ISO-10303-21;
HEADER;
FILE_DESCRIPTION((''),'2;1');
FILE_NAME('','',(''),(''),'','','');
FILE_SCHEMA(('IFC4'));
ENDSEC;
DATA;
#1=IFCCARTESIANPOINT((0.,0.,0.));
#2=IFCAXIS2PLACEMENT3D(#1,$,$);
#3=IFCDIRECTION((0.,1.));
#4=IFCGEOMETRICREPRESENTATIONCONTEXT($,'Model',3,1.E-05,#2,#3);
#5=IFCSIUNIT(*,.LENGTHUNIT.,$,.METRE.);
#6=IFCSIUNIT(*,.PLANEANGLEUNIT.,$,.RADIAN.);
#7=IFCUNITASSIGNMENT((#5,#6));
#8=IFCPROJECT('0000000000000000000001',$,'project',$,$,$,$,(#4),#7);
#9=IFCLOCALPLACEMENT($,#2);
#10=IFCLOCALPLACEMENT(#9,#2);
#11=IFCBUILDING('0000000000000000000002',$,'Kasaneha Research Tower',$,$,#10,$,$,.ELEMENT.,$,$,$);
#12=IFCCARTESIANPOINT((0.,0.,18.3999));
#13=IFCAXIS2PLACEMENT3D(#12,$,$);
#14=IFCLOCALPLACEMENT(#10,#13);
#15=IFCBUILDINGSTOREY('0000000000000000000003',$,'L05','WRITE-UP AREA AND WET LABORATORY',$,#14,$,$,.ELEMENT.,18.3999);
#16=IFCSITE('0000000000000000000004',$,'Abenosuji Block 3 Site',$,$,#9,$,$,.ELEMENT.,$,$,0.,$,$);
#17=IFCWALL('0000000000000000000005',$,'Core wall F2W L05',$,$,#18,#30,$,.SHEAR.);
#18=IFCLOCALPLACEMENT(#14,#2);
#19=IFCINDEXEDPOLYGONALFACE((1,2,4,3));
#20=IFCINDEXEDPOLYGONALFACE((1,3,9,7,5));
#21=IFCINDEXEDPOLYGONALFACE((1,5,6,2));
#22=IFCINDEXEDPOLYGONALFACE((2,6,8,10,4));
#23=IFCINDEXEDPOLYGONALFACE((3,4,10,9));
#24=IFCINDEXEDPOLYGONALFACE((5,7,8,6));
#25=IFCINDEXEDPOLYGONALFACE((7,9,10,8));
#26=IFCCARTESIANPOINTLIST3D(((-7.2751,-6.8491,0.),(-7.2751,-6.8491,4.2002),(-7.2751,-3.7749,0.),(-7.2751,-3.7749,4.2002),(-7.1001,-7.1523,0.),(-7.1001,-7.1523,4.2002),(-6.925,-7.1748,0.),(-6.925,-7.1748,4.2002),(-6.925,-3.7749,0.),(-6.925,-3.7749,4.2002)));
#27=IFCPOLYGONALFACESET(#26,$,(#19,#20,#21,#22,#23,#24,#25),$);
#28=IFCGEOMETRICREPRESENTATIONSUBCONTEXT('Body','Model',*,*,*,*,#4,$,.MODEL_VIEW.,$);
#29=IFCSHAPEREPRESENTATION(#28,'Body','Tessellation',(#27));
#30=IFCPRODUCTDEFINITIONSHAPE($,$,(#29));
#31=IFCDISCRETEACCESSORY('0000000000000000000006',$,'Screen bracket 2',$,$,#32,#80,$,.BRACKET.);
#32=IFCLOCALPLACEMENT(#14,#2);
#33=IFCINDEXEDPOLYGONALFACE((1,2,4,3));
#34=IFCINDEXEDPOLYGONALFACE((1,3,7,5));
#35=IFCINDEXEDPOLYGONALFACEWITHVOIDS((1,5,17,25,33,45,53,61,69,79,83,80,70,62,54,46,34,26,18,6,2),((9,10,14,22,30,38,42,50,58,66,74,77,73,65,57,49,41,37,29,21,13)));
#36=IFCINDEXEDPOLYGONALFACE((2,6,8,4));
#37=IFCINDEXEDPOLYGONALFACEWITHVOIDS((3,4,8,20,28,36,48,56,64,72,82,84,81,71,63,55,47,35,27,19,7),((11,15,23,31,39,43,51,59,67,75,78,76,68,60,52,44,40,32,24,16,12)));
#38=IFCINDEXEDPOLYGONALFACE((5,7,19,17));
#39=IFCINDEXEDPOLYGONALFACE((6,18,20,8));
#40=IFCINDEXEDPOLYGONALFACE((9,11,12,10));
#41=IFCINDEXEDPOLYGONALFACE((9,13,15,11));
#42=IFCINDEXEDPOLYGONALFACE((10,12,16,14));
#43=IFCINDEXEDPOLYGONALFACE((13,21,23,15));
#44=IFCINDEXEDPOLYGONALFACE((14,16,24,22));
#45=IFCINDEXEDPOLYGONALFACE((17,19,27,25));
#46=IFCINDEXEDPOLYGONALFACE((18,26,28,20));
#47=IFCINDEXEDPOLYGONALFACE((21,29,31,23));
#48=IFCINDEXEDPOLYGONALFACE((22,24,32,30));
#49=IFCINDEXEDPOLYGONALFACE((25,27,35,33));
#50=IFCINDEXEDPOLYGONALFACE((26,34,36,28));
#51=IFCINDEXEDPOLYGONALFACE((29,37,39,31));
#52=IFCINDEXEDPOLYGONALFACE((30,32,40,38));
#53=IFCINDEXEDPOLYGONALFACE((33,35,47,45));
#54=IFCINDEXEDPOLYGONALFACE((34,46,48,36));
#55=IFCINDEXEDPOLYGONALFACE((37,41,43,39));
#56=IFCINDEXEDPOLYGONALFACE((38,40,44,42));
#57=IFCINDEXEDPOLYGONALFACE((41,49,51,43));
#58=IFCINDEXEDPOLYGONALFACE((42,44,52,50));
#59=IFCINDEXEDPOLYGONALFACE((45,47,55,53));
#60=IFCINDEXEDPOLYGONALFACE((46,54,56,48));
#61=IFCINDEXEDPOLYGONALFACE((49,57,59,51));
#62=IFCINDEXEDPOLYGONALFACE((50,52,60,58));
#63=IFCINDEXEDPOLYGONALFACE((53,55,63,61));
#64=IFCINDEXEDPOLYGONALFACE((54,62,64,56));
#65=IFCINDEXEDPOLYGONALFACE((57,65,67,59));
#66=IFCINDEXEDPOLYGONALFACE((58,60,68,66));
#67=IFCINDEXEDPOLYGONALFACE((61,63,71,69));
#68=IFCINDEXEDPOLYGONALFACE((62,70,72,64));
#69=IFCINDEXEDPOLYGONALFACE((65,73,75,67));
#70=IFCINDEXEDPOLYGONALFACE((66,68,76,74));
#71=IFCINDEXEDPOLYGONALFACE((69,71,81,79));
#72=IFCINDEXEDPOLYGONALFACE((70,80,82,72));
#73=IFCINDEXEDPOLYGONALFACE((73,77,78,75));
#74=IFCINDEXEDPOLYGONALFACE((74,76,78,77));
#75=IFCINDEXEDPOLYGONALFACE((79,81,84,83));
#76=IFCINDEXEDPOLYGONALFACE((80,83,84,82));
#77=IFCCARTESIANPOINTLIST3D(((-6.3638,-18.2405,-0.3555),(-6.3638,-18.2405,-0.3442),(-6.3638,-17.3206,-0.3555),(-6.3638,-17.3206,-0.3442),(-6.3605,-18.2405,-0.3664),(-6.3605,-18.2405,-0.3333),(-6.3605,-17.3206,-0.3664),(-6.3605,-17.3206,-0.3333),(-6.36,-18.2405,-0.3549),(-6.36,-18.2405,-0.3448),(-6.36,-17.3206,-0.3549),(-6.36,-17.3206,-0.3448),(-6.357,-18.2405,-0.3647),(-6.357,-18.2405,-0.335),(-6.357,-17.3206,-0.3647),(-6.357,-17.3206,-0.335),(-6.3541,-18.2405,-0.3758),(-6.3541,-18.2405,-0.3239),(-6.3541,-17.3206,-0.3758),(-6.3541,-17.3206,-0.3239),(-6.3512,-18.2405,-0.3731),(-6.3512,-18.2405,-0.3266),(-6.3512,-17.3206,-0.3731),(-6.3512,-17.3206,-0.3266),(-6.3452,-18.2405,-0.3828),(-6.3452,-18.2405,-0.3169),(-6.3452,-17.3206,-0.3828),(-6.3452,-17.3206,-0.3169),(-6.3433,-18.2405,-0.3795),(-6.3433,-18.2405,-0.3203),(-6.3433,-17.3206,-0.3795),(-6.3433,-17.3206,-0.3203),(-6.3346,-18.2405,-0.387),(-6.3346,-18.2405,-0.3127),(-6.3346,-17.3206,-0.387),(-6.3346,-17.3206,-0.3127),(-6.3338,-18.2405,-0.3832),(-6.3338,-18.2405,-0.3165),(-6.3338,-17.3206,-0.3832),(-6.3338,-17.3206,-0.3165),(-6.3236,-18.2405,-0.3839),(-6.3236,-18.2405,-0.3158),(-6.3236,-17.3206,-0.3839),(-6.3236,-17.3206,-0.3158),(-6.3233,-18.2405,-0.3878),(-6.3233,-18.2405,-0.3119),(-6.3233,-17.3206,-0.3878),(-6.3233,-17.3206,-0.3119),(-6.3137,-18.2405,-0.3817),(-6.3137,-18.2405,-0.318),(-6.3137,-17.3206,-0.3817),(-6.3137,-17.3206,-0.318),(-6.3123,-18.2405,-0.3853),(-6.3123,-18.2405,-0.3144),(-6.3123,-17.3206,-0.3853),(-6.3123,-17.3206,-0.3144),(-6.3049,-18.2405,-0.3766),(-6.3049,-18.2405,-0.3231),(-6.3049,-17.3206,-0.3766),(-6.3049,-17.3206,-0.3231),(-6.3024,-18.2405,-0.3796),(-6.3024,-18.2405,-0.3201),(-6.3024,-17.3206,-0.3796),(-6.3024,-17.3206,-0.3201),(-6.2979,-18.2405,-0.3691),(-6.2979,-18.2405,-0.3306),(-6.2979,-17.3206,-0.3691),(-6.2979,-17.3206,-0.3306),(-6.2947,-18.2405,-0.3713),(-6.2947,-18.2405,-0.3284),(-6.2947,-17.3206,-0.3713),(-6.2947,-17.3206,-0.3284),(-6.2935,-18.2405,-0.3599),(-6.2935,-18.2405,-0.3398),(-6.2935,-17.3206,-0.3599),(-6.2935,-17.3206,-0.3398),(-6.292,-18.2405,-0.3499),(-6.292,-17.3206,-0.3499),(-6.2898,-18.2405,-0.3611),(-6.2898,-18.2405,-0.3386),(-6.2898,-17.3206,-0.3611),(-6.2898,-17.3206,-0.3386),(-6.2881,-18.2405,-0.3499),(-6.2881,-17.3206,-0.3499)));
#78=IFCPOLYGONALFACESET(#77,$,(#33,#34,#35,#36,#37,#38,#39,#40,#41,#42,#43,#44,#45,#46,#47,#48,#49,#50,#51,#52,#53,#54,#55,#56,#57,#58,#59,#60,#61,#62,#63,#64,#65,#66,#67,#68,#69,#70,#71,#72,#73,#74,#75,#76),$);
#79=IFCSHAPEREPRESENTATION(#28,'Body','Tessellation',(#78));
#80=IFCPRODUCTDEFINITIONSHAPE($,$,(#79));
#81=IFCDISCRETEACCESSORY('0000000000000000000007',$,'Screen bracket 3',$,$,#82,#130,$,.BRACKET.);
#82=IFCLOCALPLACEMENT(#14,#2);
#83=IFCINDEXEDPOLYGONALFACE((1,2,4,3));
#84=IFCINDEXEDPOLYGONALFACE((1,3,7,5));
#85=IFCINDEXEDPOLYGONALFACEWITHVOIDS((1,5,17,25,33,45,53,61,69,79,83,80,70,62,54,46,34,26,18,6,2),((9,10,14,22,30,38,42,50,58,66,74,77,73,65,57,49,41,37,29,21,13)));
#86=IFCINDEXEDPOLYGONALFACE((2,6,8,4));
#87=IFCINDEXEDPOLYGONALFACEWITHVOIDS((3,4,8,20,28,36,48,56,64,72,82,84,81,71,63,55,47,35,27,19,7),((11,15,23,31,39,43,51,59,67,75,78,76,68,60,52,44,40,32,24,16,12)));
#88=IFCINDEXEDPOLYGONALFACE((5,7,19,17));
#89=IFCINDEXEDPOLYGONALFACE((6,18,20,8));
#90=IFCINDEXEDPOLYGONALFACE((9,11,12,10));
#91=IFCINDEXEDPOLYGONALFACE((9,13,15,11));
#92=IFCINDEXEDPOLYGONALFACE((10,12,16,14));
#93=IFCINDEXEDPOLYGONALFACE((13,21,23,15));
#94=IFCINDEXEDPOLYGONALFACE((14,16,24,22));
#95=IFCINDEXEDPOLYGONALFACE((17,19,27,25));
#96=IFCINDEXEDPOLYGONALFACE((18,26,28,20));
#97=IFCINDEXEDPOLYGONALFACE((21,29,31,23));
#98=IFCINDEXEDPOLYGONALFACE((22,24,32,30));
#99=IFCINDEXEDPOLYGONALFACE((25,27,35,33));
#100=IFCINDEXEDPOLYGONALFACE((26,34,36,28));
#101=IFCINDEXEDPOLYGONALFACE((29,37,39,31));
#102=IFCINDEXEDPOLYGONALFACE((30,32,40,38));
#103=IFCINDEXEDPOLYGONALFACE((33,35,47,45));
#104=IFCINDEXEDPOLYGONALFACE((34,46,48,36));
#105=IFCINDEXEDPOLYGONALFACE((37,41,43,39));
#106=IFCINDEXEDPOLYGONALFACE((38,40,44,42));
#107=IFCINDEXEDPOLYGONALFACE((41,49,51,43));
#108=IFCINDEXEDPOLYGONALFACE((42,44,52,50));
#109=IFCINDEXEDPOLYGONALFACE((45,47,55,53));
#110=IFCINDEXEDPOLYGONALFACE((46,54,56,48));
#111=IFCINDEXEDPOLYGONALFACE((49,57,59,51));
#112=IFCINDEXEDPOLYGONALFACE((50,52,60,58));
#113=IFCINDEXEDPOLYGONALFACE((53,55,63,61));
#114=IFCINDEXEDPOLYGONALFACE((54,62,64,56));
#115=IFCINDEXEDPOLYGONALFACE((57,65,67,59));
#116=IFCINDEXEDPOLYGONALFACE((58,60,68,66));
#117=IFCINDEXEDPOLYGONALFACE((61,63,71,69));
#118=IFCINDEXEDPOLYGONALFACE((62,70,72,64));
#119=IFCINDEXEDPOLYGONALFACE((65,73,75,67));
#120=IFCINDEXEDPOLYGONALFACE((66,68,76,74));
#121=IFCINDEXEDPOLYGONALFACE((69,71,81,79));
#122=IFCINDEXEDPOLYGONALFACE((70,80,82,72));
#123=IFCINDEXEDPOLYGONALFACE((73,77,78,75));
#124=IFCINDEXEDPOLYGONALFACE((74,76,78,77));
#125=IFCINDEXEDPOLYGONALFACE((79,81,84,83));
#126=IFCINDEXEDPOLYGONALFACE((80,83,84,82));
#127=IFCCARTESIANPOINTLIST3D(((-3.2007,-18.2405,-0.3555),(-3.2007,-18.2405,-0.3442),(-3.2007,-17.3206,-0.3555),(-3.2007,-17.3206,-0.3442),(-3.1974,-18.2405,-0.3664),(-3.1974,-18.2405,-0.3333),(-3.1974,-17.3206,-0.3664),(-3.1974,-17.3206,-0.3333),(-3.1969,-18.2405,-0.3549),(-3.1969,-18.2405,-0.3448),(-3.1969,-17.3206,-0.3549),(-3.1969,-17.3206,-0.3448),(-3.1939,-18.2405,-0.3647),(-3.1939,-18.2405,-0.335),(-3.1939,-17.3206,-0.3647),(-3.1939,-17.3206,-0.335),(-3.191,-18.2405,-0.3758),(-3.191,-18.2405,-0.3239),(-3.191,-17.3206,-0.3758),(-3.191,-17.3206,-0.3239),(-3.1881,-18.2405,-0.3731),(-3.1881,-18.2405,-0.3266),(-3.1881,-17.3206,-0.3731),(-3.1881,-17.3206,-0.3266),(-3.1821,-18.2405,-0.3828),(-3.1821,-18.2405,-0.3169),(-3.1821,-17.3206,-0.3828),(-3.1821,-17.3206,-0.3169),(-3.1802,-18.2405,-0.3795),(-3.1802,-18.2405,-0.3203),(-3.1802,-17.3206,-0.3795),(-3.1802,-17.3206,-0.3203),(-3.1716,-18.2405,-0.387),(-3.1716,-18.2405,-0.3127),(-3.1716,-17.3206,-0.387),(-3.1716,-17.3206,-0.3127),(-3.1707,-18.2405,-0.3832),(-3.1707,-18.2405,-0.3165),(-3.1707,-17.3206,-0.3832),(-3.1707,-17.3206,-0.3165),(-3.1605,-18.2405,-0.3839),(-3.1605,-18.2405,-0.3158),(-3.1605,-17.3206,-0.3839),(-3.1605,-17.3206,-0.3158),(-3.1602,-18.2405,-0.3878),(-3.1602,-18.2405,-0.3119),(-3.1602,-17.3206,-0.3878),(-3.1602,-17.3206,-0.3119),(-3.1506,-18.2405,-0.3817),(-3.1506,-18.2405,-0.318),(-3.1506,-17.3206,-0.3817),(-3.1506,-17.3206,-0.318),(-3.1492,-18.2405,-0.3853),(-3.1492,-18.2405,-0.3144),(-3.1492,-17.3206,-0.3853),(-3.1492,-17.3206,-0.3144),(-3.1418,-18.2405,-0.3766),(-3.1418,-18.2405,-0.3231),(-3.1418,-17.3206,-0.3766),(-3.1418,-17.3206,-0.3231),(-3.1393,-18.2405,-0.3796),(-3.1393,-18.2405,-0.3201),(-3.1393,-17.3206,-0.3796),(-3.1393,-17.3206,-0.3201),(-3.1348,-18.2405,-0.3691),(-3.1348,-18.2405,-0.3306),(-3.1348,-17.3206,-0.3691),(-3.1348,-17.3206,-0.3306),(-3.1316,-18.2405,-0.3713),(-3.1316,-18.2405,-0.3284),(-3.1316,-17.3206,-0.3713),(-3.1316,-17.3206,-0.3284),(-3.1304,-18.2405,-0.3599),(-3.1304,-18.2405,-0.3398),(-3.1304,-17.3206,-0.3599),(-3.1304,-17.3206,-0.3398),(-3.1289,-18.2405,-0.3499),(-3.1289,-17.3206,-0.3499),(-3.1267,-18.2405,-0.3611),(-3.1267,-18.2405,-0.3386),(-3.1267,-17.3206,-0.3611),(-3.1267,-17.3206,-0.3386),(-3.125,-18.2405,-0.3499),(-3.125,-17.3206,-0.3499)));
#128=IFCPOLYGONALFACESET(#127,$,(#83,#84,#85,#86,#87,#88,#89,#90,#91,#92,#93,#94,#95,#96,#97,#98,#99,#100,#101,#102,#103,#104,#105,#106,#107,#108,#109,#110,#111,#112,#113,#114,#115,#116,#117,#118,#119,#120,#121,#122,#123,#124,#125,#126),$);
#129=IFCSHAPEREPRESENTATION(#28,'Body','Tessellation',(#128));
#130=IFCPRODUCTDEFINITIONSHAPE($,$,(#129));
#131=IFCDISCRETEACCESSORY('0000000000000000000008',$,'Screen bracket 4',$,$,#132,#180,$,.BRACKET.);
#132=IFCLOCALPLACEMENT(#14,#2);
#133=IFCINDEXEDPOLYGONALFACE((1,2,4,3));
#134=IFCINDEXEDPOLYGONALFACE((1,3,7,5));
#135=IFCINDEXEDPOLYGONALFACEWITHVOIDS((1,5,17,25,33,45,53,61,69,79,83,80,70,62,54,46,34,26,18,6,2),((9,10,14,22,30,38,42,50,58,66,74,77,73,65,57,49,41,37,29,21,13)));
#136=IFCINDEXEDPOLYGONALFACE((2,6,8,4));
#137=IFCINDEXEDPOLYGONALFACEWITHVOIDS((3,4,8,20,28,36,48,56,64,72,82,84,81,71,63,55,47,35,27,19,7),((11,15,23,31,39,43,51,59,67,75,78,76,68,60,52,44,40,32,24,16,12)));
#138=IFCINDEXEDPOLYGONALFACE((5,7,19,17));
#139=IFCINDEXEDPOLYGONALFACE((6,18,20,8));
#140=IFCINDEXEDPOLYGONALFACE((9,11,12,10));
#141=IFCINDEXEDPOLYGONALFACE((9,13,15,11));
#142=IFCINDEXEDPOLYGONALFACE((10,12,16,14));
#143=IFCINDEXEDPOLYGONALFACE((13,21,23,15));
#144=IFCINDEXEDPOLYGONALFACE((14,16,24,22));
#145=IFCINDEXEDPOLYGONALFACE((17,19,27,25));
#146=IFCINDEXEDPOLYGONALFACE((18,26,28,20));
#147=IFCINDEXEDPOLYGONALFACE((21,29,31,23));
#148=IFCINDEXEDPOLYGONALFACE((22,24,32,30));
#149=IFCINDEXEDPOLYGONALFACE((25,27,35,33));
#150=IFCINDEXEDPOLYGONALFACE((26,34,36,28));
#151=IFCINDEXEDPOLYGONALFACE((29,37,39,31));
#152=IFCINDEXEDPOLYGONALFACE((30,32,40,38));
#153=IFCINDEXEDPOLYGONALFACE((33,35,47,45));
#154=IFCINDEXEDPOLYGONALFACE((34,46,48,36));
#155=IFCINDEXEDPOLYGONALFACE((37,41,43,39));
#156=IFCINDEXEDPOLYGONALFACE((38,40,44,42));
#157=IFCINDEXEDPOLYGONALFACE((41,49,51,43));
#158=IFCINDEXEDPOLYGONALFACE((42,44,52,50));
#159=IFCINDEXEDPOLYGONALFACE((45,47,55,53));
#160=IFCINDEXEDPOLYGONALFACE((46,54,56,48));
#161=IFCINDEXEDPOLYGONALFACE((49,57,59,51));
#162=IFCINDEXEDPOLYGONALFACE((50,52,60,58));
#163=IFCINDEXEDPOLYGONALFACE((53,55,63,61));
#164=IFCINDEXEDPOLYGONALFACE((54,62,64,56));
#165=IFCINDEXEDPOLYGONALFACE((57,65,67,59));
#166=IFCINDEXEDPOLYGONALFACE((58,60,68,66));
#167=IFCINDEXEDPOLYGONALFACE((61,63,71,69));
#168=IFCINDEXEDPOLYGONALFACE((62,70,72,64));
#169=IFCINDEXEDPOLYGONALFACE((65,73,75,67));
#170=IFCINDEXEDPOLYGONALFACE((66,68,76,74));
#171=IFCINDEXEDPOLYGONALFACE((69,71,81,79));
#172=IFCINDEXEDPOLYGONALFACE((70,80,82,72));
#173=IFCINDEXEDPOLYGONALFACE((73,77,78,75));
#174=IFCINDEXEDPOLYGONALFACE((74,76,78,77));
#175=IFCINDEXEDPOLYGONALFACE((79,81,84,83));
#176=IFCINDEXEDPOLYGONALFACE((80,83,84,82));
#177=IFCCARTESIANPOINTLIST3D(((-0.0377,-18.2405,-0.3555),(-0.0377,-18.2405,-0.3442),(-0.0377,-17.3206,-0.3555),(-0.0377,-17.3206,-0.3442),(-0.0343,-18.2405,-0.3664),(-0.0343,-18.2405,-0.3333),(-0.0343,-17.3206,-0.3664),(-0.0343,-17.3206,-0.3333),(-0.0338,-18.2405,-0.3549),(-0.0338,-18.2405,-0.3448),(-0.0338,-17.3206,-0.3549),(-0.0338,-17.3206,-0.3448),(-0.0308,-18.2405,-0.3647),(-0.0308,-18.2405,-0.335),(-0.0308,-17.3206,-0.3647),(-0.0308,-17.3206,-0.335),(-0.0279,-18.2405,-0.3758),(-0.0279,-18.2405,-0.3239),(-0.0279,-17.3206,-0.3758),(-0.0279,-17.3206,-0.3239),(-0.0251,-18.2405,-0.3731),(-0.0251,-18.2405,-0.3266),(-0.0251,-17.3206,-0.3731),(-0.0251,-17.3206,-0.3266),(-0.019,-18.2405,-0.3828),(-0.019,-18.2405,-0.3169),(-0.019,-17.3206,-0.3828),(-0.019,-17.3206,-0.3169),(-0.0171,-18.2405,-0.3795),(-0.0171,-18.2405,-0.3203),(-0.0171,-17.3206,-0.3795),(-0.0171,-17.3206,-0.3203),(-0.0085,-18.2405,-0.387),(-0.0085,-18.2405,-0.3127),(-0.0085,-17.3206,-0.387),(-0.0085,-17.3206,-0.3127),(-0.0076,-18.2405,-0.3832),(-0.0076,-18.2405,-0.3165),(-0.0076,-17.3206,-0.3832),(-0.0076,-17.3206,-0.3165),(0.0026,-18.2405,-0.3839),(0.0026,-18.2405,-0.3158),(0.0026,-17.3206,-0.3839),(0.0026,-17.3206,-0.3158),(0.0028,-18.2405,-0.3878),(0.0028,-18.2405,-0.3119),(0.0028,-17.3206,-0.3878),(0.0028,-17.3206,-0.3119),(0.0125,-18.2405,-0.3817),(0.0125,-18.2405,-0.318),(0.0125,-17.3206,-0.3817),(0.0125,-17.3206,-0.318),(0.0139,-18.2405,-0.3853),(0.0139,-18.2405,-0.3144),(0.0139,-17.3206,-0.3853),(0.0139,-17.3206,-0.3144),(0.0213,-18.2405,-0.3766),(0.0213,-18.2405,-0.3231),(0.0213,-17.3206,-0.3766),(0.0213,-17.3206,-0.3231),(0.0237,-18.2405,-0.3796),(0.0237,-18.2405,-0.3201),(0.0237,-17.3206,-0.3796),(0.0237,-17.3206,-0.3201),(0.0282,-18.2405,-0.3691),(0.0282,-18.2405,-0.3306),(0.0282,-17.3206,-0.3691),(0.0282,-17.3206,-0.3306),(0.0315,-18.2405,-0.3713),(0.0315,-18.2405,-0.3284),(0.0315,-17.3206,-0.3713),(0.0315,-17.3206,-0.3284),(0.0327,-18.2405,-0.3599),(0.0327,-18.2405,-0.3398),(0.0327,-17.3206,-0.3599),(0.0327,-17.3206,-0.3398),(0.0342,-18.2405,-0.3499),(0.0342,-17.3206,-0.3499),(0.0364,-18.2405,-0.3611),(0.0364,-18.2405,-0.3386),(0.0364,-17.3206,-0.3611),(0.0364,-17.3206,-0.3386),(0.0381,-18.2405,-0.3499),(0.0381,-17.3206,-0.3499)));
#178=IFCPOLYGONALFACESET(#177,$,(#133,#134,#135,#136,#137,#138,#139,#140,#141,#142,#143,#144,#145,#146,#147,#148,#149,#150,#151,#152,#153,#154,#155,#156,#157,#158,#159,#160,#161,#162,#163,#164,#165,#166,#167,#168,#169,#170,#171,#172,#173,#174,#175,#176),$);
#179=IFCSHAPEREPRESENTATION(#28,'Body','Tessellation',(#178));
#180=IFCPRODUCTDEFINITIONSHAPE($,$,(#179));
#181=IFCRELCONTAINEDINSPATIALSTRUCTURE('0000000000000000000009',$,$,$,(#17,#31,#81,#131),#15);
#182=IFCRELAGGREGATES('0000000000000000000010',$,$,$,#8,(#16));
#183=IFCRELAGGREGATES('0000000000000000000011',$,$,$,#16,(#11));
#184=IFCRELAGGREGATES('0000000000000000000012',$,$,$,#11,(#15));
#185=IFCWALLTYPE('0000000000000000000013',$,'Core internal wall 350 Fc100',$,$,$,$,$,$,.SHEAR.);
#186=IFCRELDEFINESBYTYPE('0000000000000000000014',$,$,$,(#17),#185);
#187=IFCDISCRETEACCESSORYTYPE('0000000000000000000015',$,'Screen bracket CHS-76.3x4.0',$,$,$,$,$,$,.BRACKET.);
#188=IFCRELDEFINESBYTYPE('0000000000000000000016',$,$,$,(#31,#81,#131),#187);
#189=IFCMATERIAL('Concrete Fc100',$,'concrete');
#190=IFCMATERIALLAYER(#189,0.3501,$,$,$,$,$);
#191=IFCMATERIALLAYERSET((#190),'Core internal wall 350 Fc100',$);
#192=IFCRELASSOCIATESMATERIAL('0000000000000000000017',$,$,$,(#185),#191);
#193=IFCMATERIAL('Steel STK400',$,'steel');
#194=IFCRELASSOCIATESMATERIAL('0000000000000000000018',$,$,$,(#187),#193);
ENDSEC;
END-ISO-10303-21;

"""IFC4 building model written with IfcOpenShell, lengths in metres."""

from ifc_helpers import new_model, si_unit, direction, frame, origin, origin_2d, place, context, subcontext, project, spatial, polyline, hollow_circle, outline, extrude, material, layer, layer_set, material_profile, profile_set, type_object, element, save


model = new_model("IFC4")

# Units and contexts
model_context = context("Model", 3, precision=1e-05, world=origin(), true_north=direction((0.0, 1.0)))
body_context = subcontext(model_context, "Body", "Model", "MODEL_VIEW")
ifc_project = project(units=[si_unit("LENGTHUNIT", "METRE"), si_unit("PLANEANGLEUNIT", "RADIAN")], contexts=[model_context])

# Site, building, storey
site_placement = place(None, origin())
site = spatial("IfcSite", under=ifc_project, at=site_placement, Name="Abenosuji Block 3 Site", CompositionType="ELEMENT", RefElevation=0.0)
building_placement = place(site_placement, origin())
building = spatial("IfcBuilding", under=site, at=building_placement, Name="Kasaneha Research Tower", CompositionType="ELEMENT")
storey_placement = place(building_placement, frame((0.0, 0.0, 18.3999)))
storey = spatial("IfcBuildingStorey", under=building, at=storey_placement, Name="L05", Description="WRITE-UP AREA AND WET LABORATORY", CompositionType="ELEMENT", Elevation=18.3999)

# Shared definitions
ifc_material_1 = material(Name="Concrete Fc100", Category="concrete")
ifc_layer_1 = layer(ifc_material_1, 0.3501)
ifc_layer_set_1 = layer_set([ifc_layer_1], Name="Core internal wall 350 Fc100")
wall_type_1 = type_object("IfcWallType", Name="Core internal wall 350 Fc100", PredefinedType="SHEAR", material=ifc_layer_set_1)

# Wall
wall_1_placement = place(storey_placement, frame((-7.1001, -3.7749, 0.0), z_axis=(0.0, 0.0, 1.0), x_axis=(0.0, -1.0, 0.0)))
element("IfcWall", 1, at=wall_1_placement, inside=storey, type_object=wall_type_1, Name="Core wall F2W L05", PredefinedType="SHEAR", context=body_context, shape_type="SweptSolid", body=[
    extrude(outline(polyline([(0.0, -0.175), (3.0742, -0.175), (3.3774, 0.0), (3.3999, 0.175), (0.0, 0.175), (0.0, -0.175)])), origin(), (0.0, 0.0, 1.0), 4.2002),
])

# Discrete accessories
ifc_material_2 = material(Name="Steel STK400", Category="steel")
ifc_material_profile_1 = material_profile(ifc_material_2, hollow_circle(Radius=0.0381, WallThickness=0.0039, at=origin_2d()), Name="CHS-76.3x4.0")
ifc_profile_set_1 = profile_set([ifc_material_profile_1], Name="Steel STK400")
discrete_accessory_type = type_object("IfcDiscreteAccessoryType", Name="Screen bracket CHS-76.3x4.0", PredefinedType="BRACKET", material=ifc_profile_set_1)
for number, where, z_axis, x_axis, name in (
    (2, (-6.3262, -17.3206, -0.3499), (0.0, -1.0, 0.0), (1.0, 0.0, 0.0), "Screen bracket 2"),
    (3, (-3.1631, -17.3206, -0.3499), (0.0, -1.0, 0.0), (1.0, 0.0, 0.0), "Screen bracket 3"),
    (4, (0.0, -17.3206, -0.3499), (0.0, -1.0, 0.0), (1.0, 0.0, 0.0), "Screen bracket 4"),
):
    element("IfcDiscreteAccessory", number, at=place(storey_placement, frame(where, z_axis=z_axis, x_axis=x_axis)), inside=storey, type_object=discrete_accessory_type, Name=name, PredefinedType="BRACKET", context=body_context, shape_type="SweptSolid", body=[
        extrude(hollow_circle(Radius=0.0381, WallThickness=0.0039, at=origin_2d()), origin(), (0.0, 0.0, 1.0), 0.9199),
    ])

save(model, "model.ifc")
